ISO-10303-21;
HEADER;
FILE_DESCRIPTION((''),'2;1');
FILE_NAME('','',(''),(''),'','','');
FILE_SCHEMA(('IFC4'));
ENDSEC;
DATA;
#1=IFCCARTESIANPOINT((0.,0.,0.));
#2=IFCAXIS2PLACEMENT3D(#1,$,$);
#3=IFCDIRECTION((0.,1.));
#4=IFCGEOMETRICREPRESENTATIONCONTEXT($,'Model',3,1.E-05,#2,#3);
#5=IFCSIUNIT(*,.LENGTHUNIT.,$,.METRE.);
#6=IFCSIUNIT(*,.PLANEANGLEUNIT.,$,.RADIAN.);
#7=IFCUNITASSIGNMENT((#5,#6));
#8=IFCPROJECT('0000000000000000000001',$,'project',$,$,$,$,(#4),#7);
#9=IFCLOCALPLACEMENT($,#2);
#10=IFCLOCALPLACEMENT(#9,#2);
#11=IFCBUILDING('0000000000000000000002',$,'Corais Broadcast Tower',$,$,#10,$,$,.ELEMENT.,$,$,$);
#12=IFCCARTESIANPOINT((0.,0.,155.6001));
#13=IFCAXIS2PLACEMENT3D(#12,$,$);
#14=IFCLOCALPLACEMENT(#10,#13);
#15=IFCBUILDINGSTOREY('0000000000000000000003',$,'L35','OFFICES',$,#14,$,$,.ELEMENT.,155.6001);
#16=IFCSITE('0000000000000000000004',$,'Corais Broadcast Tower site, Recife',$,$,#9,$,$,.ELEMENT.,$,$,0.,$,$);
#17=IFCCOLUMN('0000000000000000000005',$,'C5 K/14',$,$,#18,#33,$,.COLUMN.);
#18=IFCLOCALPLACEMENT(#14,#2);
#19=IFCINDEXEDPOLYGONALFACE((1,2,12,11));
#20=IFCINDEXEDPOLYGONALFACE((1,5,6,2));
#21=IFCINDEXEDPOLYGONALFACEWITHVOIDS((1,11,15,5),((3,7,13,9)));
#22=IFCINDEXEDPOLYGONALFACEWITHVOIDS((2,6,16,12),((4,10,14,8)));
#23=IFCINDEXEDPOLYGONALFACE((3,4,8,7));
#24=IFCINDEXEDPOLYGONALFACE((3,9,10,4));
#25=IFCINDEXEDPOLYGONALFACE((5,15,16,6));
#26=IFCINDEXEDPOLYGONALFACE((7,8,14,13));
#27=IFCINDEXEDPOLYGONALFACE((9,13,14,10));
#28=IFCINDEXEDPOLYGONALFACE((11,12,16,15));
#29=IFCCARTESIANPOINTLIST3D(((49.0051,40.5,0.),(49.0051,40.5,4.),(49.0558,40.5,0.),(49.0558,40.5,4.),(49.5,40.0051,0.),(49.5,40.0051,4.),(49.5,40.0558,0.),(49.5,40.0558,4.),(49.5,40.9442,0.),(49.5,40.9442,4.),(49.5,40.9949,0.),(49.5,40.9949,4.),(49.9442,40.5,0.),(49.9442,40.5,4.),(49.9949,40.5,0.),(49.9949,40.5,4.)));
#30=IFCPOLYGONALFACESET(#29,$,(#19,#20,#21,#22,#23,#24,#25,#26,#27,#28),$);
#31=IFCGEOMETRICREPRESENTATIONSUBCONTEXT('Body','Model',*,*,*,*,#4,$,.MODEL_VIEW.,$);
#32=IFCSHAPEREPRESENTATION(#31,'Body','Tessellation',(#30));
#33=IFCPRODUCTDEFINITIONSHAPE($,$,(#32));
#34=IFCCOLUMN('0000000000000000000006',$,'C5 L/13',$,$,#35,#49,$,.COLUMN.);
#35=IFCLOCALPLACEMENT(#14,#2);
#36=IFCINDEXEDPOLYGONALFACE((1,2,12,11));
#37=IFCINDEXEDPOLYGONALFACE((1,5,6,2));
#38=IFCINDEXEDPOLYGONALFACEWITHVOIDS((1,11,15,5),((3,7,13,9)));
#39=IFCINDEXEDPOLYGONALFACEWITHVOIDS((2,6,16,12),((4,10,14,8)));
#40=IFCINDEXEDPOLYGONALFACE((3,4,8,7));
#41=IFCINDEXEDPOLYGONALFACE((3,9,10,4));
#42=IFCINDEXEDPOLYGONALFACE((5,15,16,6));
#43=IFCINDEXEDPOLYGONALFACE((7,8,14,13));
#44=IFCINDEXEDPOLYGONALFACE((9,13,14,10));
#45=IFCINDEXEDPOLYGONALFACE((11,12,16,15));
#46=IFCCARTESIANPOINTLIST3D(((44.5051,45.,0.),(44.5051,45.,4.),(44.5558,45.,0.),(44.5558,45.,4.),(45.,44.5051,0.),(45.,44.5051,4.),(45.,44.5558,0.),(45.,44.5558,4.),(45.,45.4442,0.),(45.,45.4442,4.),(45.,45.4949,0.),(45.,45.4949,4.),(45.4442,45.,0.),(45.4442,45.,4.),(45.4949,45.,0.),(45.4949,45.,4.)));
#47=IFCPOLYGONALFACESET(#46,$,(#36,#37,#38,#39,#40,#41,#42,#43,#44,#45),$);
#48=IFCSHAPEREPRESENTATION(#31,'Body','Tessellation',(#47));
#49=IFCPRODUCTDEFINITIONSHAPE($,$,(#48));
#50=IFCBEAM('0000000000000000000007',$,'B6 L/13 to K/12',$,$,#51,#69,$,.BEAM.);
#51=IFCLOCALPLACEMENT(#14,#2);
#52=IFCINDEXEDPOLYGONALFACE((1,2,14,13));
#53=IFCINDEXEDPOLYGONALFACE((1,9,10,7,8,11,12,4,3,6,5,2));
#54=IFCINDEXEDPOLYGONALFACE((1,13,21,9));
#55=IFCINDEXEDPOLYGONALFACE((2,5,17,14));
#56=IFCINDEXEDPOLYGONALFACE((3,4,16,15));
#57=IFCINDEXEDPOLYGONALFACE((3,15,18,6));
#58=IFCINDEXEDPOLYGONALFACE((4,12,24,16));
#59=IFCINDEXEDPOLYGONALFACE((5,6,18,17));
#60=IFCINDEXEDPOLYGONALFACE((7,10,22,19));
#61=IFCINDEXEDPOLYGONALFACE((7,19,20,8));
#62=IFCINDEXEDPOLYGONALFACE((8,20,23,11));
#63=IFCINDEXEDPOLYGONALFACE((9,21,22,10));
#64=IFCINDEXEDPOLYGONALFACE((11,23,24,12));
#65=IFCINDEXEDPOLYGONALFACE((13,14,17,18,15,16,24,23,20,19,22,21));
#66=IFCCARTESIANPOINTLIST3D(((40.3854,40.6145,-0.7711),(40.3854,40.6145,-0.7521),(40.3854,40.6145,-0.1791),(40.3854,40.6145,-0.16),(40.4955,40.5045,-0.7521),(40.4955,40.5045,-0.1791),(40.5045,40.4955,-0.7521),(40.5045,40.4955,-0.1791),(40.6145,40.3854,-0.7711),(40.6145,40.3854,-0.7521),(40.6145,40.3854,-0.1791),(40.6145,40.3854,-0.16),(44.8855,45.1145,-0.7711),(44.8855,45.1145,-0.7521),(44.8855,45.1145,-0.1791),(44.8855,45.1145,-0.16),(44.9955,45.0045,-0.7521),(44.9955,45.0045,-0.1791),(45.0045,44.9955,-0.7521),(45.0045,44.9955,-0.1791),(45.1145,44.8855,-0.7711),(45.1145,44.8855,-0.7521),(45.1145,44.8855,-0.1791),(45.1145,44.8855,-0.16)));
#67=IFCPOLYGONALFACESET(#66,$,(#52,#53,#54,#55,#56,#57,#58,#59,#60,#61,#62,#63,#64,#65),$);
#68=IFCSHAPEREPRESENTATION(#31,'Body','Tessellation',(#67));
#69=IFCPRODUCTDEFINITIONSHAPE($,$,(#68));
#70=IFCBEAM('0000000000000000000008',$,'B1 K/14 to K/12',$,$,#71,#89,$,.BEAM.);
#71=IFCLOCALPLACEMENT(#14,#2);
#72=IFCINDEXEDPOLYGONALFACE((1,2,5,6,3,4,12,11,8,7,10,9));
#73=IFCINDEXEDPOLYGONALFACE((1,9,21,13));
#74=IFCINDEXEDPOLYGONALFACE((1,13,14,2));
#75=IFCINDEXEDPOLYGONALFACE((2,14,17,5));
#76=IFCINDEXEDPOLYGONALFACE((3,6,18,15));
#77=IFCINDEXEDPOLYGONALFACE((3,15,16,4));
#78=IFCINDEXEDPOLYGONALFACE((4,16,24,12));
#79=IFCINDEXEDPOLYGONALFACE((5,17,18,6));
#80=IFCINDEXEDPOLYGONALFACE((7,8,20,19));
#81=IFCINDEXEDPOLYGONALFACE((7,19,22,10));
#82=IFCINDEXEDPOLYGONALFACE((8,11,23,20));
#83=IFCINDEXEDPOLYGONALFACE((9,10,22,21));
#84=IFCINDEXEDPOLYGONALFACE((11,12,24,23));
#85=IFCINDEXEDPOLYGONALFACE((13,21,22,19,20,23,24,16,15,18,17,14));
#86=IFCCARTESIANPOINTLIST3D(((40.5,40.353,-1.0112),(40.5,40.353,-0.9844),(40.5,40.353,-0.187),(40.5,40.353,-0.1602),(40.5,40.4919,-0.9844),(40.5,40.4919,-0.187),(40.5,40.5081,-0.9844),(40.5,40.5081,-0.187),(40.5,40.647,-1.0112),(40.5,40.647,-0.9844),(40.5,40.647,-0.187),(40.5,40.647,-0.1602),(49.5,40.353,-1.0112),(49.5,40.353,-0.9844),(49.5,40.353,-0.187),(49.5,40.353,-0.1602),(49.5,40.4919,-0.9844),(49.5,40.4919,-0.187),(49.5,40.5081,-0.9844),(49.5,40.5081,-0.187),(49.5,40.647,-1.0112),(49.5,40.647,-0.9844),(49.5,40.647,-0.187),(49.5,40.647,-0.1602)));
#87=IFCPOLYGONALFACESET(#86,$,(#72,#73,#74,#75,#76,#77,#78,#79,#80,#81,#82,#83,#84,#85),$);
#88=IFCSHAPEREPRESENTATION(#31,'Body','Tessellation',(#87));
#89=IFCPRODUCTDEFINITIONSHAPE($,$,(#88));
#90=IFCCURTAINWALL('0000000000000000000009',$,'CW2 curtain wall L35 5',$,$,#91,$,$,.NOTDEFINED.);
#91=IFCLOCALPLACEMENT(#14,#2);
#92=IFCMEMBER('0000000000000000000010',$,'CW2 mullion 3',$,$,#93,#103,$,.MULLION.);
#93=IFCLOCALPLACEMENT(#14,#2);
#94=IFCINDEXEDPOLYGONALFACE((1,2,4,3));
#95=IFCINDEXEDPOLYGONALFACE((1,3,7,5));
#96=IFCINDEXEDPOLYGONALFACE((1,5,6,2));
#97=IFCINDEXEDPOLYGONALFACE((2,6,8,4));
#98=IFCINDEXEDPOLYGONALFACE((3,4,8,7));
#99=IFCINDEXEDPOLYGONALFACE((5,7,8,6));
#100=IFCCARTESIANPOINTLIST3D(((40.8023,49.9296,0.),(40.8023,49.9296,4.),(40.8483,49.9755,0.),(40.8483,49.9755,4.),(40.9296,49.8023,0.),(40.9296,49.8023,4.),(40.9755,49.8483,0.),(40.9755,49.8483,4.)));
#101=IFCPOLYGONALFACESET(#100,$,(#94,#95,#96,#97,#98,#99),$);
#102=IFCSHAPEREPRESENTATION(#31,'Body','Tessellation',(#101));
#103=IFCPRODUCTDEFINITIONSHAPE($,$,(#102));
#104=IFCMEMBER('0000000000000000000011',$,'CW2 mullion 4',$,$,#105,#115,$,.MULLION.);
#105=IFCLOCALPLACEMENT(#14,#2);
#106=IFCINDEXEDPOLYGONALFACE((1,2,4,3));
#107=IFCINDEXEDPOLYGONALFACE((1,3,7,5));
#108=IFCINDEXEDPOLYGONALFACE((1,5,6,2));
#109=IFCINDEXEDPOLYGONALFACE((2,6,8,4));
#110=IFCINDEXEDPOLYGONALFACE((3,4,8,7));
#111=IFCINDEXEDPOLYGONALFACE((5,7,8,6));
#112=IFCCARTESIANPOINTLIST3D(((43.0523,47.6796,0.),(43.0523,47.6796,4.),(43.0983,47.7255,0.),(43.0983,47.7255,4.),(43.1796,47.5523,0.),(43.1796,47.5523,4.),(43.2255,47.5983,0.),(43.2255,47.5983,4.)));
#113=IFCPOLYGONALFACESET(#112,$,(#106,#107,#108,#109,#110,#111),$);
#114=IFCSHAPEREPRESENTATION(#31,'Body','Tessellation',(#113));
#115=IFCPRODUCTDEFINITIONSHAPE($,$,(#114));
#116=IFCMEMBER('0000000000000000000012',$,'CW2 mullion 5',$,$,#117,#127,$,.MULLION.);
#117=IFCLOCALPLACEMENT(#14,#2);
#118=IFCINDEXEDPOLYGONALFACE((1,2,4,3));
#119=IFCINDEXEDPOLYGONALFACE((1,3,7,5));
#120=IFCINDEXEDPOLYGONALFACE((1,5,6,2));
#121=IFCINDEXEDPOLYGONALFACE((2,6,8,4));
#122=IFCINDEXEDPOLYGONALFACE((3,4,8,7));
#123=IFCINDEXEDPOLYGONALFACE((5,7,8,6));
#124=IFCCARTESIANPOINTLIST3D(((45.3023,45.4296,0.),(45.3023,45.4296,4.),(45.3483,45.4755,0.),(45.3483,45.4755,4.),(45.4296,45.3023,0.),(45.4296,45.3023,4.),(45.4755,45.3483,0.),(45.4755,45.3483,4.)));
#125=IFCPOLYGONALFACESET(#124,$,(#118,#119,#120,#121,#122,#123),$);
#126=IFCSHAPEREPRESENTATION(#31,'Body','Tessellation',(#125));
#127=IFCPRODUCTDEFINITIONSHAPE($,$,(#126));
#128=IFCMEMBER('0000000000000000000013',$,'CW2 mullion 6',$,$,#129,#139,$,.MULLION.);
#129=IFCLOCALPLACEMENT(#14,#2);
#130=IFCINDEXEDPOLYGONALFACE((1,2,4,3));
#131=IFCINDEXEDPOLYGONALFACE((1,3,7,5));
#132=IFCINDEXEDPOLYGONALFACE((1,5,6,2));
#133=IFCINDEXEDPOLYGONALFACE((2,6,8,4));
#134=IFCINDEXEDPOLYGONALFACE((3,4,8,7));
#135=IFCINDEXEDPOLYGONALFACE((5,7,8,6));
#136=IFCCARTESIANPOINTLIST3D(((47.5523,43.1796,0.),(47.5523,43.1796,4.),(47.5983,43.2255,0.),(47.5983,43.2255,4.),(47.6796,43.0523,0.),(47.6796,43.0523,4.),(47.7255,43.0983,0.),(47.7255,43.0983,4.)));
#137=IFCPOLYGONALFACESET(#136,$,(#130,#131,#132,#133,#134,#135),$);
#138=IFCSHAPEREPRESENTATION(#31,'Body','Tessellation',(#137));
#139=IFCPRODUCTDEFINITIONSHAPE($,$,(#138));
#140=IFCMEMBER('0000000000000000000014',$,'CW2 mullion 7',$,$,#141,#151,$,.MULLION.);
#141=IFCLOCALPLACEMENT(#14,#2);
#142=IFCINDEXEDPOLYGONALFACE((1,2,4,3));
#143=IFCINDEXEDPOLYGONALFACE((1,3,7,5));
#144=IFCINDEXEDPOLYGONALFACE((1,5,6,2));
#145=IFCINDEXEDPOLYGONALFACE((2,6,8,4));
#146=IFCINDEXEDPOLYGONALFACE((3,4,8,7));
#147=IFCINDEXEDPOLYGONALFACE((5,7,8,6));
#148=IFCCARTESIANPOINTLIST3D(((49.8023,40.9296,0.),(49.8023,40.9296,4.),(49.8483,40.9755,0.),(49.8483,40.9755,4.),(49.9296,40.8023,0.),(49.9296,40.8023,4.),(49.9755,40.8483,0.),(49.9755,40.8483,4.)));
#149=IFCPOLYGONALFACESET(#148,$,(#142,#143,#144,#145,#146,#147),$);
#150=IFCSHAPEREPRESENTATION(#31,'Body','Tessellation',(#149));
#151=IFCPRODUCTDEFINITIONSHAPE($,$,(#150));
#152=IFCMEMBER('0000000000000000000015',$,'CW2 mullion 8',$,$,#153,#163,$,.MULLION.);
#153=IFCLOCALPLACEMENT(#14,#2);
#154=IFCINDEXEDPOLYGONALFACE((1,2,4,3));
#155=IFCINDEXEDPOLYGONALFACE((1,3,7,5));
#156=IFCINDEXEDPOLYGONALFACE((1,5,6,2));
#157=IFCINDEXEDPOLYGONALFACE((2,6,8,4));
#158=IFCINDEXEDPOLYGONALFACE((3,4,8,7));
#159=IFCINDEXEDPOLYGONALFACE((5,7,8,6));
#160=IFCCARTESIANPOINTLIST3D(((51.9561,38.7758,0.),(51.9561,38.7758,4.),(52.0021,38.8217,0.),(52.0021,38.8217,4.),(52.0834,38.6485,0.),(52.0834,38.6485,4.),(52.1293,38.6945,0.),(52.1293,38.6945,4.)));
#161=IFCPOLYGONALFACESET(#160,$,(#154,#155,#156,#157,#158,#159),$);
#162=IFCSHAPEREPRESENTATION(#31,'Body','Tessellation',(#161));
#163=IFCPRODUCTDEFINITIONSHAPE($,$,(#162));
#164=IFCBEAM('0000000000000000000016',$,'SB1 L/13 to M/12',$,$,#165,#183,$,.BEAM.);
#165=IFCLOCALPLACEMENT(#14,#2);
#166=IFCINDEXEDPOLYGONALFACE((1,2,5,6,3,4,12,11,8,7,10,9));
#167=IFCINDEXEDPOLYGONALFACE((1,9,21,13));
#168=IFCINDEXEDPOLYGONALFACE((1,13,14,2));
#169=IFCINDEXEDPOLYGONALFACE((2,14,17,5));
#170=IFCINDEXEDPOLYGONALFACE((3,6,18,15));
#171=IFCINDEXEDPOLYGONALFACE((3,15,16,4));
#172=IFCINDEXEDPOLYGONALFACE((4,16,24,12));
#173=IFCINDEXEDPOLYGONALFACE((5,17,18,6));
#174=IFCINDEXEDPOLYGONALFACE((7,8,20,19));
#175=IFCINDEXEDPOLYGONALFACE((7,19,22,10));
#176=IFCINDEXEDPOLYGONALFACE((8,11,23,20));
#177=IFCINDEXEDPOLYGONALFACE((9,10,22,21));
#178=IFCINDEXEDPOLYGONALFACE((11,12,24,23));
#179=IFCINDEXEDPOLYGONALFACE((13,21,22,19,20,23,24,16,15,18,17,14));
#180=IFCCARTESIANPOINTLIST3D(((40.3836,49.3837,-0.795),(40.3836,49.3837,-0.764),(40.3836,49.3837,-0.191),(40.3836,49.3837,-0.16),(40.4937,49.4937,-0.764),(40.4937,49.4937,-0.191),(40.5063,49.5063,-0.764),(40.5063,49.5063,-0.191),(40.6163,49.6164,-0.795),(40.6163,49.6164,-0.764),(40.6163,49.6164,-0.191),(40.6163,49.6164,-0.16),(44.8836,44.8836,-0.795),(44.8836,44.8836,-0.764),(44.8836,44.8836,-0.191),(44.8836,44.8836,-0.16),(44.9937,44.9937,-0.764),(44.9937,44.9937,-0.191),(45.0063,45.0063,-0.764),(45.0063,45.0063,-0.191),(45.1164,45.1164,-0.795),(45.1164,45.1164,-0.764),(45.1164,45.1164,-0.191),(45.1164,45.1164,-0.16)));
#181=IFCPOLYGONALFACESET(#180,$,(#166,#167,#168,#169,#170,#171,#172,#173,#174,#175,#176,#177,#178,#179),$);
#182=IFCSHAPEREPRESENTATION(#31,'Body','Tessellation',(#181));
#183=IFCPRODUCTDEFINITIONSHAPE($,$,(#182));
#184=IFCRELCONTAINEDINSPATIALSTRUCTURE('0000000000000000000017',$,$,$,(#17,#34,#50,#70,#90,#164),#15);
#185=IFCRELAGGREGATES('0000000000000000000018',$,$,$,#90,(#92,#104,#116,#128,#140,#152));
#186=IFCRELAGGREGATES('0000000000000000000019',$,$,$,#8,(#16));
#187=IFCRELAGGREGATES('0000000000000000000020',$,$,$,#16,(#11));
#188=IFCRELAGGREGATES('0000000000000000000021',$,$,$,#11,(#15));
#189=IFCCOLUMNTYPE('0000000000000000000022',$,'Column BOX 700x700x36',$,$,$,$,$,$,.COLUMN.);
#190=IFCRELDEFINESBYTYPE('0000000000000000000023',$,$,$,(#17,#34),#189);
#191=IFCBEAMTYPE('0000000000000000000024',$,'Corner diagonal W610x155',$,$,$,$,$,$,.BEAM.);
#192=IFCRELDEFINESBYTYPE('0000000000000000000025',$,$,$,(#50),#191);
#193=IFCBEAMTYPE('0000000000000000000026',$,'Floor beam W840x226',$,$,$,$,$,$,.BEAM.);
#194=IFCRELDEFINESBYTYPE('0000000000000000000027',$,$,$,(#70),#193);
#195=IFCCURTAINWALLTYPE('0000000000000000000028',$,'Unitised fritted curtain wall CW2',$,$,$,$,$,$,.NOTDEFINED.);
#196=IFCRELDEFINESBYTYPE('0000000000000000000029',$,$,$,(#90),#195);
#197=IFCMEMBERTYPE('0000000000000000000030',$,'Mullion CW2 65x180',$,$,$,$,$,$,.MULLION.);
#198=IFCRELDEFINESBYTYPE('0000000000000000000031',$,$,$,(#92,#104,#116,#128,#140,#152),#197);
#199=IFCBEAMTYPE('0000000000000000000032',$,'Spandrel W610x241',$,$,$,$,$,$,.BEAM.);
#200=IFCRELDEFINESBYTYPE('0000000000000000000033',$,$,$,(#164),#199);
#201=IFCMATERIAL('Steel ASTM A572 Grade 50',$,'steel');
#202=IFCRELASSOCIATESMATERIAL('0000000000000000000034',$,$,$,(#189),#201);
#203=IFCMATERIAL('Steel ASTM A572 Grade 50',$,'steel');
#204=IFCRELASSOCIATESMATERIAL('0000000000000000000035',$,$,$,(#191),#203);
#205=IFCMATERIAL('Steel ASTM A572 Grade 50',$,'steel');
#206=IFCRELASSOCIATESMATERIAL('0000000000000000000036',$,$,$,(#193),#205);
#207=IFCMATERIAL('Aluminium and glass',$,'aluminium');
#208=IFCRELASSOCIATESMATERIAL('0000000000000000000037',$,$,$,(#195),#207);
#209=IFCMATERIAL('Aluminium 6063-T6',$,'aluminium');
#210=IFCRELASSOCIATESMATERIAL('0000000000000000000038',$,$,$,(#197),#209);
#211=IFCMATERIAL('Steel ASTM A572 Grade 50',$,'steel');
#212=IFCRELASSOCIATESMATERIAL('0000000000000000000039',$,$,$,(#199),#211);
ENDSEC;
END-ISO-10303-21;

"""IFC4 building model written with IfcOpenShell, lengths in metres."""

from ifc_helpers import new_model, si_unit, direction, frame, origin, origin_2d, place, context, subcontext, project, spatial, rectangle, hollow_rectangle, i_section, extrude, material, material_profile, profile_set, type_object, element, aggregate, save


model = new_model("IFC4")

# Units and contexts
model_context = context("Model", 3, precision=1e-05, world=origin(), true_north=direction((0.0, 1.0)))
body_context = subcontext(model_context, "Body", "Model", "MODEL_VIEW")
ifc_project = project(units=[si_unit("LENGTHUNIT", "METRE"), si_unit("PLANEANGLEUNIT", "RADIAN")], contexts=[model_context])

# Site, building, storey
site_placement = place(None, origin())
site = spatial("IfcSite", under=ifc_project, at=site_placement, Name="Corais Broadcast Tower site, Recife", CompositionType="ELEMENT", RefElevation=0.0)
building_placement = place(site_placement, origin())
building = spatial("IfcBuilding", under=site, at=building_placement, Name="Corais Broadcast Tower", CompositionType="ELEMENT")
storey_placement = place(building_placement, frame((0.0, 0.0, 155.6001)))
storey = spatial("IfcBuildingStorey", under=building, at=storey_placement, Name="L35", Description="OFFICES", CompositionType="ELEMENT", Elevation=155.6001)

# Columns
ifc_material_1 = material(Name="Steel ASTM A572 Grade 50", Category="steel")
ifc_material_profile_1 = material_profile(ifc_material_1, hollow_rectangle(XDim=0.7, YDim=0.7, WallThickness=0.0359, at=origin_2d()), Name="BOX 700x700x36")
ifc_profile_set_1 = profile_set([ifc_material_profile_1], Name="Steel ASTM A572 Grade 50")
column_type = type_object("IfcColumnType", Name="Column BOX 700x700x36", PredefinedType="COLUMN", material=ifc_profile_set_1)
for number, where, z_axis, x_axis, name in (
    (1, (49.5, 40.5, 0.0), (0.0, 0.0, 1.0), (0.707107, 0.707107, 0.0), "C5 K/14"),
    (2, (45.0, 45.0, 0.0), (0.0, 0.0, 1.0), (0.707107, 0.707107, 0.0), "C5 L/13"),
):
    element("IfcColumn", number, at=place(storey_placement, frame(where, z_axis=z_axis, x_axis=x_axis)), inside=storey, type_object=column_type, Name=name, PredefinedType="COLUMN", context=body_context, shape_type="SweptSolid", body=[
        extrude(hollow_rectangle(XDim=0.7, YDim=0.7, WallThickness=0.0359, at=origin_2d()), origin(), (0.0, 0.0, 1.0), 4.0),
    ])

# Beams
ifc_material_2 = material(Name="Steel ASTM A572 Grade 50", Category="steel")
ifc_material_profile_2 = material_profile(ifc_material_2, i_section(OverallWidth=0.324, OverallDepth=0.6111, WebThickness=0.0127, FlangeThickness=0.019, at=origin_2d()), Name="W610x155")
ifc_profile_set_2 = profile_set([ifc_material_profile_2], Name="Steel ASTM A572 Grade 50")
beam_type_1 = type_object("IfcBeamType", Name="Corner diagonal W610x155", PredefinedType="BEAM", material=ifc_profile_set_2)
beam_1_placement = place(storey_placement, frame((45.0, 45.0, -0.4656), z_axis=(-0.707107, -0.707107, 0.0), x_axis=(0.707107, -0.707107, 0.0)))
element("IfcBeam", 3, at=beam_1_placement, inside=storey, type_object=beam_type_1, Name="B6 L/13 to K/12", PredefinedType="BEAM", context=body_context, shape_type="SweptSolid", body=[
    extrude(i_section(OverallWidth=0.324, OverallDepth=0.6111, WebThickness=0.0127, FlangeThickness=0.019, at=origin_2d()), origin(), (0.0, 0.0, 1.0), 6.364),
])
ifc_material_3 = material(Name="Steel ASTM A572 Grade 50", Category="steel")
ifc_material_profile_3 = material_profile(ifc_material_3, i_section(OverallWidth=0.2939, OverallDepth=0.8511, WebThickness=0.0161, FlangeThickness=0.0269, at=origin_2d()), Name="W840x226")
ifc_profile_set_3 = profile_set([ifc_material_profile_3], Name="Steel ASTM A572 Grade 50")
beam_type_2 = type_object("IfcBeamType", Name="Floor beam W840x226", PredefinedType="BEAM", material=ifc_profile_set_3)
beam_2_placement = place(storey_placement, frame((49.5, 40.5, -0.5857), z_axis=(-1.0, 0.0, 0.0), x_axis=(0.0, -1.0, 0.0)))
element("IfcBeam", 4, at=beam_2_placement, inside=storey, type_object=beam_type_2, Name="B1 K/14 to K/12", PredefinedType="BEAM", context=body_context, shape_type="SweptSolid", body=[
    extrude(i_section(OverallWidth=0.2939, OverallDepth=0.8511, WebThickness=0.0161, FlangeThickness=0.0269, at=origin_2d()), origin(), (0.0, 0.0, 1.0), 9.0),
])

# Curtain wall, members
ifc_material_4 = material(Name="Aluminium and glass", Category="aluminium")
curtain_wall_type = type_object("IfcCurtainWallType", Name="Unitised fritted curtain wall CW2", PredefinedType="NOTDEFINED", material=ifc_material_4)
curtain_wall_placement = place(storey_placement, origin())
curtain_wall = element("IfcCurtainWall", 5, at=curtain_wall_placement, inside=storey, type_object=curtain_wall_type, Name="CW2 curtain wall L35 5", PredefinedType="NOTDEFINED")
ifc_material_5 = material(Name="Aluminium 6063-T6", Category="aluminium")
ifc_material_profile_4 = material_profile(ifc_material_5, rectangle(XDim=0.0649, YDim=0.1799, at=origin_2d()), Name="Mullion CW2 65x180")
ifc_profile_set_4 = profile_set([ifc_material_profile_4], Name="Aluminium 6063-T6")
member_type_1 = type_object("IfcMemberType", Name="Mullion CW2 65x180", PredefinedType="MULLION", material=ifc_profile_set_4)
member_1_placement = place(storey_placement, frame((40.8889, 49.8889, 0.0), z_axis=(0.0, 0.0, 1.0), x_axis=(0.707107, 0.707107, 0.0)))
member_1 = element("IfcMember", 6, at=member_1_placement, type_object=member_type_1, Name="CW2 mullion 3", PredefinedType="MULLION", context=body_context, shape_type="SweptSolid", body=[
    extrude(rectangle(XDim=0.0649, YDim=0.1799, at=origin_2d()), origin(), (0.0, 0.0, 1.0), 4.0),
])
member_2_placement = place(storey_placement, frame((43.1389, 47.6389, 0.0), z_axis=(0.0, 0.0, 1.0), x_axis=(0.707107, 0.707107, 0.0)))
member_2 = element("IfcMember", 7, at=member_2_placement, type_object=member_type_1, Name="CW2 mullion 4", PredefinedType="MULLION", context=body_context, shape_type="SweptSolid", body=[
    extrude(rectangle(XDim=0.0649, YDim=0.1799, at=origin_2d()), origin(), (0.0, 0.0, 1.0), 4.0),
])
member_3_placement = place(storey_placement, frame((45.3889, 45.3889, 0.0), z_axis=(0.0, 0.0, 1.0), x_axis=(0.707107, 0.707107, 0.0)))
member_3 = element("IfcMember", 8, at=member_3_placement, type_object=member_type_1, Name="CW2 mullion 5", PredefinedType="MULLION", context=body_context, shape_type="SweptSolid", body=[
    extrude(rectangle(XDim=0.0649, YDim=0.1799, at=origin_2d()), origin(), (0.0, 0.0, 1.0), 4.0),
])
member_4_placement = place(storey_placement, frame((47.6389, 43.1389, 0.0), z_axis=(0.0, 0.0, 1.0), x_axis=(0.707107, 0.707107, 0.0)))
member_4 = element("IfcMember", 9, at=member_4_placement, type_object=member_type_1, Name="CW2 mullion 6", PredefinedType="MULLION", context=body_context, shape_type="SweptSolid", body=[
    extrude(rectangle(XDim=0.0649, YDim=0.1799, at=origin_2d()), origin(), (0.0, 0.0, 1.0), 4.0),
])
member_5_placement = place(storey_placement, frame((49.8889, 40.8889, 0.0), z_axis=(0.0, 0.0, 1.0), x_axis=(0.707107, 0.707107, 0.0)))
member_5 = element("IfcMember", 10, at=member_5_placement, type_object=member_type_1, Name="CW2 mullion 7", PredefinedType="MULLION", context=body_context, shape_type="SweptSolid", body=[
    extrude(rectangle(XDim=0.0649, YDim=0.1799, at=origin_2d()), origin(), (0.0, 0.0, 1.0), 4.0),
])
member_6_placement = place(storey_placement, frame((52.0427, 38.7351, 0.0), z_axis=(0.0, 0.0, 1.0), x_axis=(0.707107, 0.707107, 0.0)))
member_6 = element("IfcMember", 11, at=member_6_placement, type_object=member_type_1, Name="CW2 mullion 8", PredefinedType="MULLION", context=body_context, shape_type="SweptSolid", body=[
    extrude(rectangle(XDim=0.0649, YDim=0.1799, at=origin_2d()), origin(), (0.0, 0.0, 1.0), 4.0),
])

# Beam
ifc_material_6 = material(Name="Steel ASTM A572 Grade 50", Category="steel")
ifc_material_profile_5 = material_profile(ifc_material_6, i_section(OverallWidth=0.3291, OverallDepth=0.635, WebThickness=0.0178, FlangeThickness=0.031, at=origin_2d()), Name="W610x241")
ifc_profile_set_5 = profile_set([ifc_material_profile_5], Name="Steel ASTM A572 Grade 50")
beam_type_3 = type_object("IfcBeamType", Name="Spandrel W610x241", PredefinedType="BEAM", material=ifc_profile_set_5)
for number, where, z_axis, x_axis, name in (
    (12, (45.0, 45.0, -0.4775), (-0.707107, 0.707107, 0.0), (-0.707107, -0.707107, 0.0), "SB1 L/13 to M/12"),
):
    element("IfcBeam", number, at=place(storey_placement, frame(where, z_axis=z_axis, x_axis=x_axis)), inside=storey, type_object=beam_type_3, Name=name, PredefinedType="BEAM", context=body_context, shape_type="SweptSolid", body=[
        extrude(i_section(OverallWidth=0.3291, OverallDepth=0.635, WebThickness=0.0178, FlangeThickness=0.031, at=origin_2d()), origin(), (0.0, 0.0, 1.0), 6.364),
    ])

aggregate(curtain_wall, [member_1, member_2, member_3, member_4, member_5, member_6])

save(model, "model.ifc")
